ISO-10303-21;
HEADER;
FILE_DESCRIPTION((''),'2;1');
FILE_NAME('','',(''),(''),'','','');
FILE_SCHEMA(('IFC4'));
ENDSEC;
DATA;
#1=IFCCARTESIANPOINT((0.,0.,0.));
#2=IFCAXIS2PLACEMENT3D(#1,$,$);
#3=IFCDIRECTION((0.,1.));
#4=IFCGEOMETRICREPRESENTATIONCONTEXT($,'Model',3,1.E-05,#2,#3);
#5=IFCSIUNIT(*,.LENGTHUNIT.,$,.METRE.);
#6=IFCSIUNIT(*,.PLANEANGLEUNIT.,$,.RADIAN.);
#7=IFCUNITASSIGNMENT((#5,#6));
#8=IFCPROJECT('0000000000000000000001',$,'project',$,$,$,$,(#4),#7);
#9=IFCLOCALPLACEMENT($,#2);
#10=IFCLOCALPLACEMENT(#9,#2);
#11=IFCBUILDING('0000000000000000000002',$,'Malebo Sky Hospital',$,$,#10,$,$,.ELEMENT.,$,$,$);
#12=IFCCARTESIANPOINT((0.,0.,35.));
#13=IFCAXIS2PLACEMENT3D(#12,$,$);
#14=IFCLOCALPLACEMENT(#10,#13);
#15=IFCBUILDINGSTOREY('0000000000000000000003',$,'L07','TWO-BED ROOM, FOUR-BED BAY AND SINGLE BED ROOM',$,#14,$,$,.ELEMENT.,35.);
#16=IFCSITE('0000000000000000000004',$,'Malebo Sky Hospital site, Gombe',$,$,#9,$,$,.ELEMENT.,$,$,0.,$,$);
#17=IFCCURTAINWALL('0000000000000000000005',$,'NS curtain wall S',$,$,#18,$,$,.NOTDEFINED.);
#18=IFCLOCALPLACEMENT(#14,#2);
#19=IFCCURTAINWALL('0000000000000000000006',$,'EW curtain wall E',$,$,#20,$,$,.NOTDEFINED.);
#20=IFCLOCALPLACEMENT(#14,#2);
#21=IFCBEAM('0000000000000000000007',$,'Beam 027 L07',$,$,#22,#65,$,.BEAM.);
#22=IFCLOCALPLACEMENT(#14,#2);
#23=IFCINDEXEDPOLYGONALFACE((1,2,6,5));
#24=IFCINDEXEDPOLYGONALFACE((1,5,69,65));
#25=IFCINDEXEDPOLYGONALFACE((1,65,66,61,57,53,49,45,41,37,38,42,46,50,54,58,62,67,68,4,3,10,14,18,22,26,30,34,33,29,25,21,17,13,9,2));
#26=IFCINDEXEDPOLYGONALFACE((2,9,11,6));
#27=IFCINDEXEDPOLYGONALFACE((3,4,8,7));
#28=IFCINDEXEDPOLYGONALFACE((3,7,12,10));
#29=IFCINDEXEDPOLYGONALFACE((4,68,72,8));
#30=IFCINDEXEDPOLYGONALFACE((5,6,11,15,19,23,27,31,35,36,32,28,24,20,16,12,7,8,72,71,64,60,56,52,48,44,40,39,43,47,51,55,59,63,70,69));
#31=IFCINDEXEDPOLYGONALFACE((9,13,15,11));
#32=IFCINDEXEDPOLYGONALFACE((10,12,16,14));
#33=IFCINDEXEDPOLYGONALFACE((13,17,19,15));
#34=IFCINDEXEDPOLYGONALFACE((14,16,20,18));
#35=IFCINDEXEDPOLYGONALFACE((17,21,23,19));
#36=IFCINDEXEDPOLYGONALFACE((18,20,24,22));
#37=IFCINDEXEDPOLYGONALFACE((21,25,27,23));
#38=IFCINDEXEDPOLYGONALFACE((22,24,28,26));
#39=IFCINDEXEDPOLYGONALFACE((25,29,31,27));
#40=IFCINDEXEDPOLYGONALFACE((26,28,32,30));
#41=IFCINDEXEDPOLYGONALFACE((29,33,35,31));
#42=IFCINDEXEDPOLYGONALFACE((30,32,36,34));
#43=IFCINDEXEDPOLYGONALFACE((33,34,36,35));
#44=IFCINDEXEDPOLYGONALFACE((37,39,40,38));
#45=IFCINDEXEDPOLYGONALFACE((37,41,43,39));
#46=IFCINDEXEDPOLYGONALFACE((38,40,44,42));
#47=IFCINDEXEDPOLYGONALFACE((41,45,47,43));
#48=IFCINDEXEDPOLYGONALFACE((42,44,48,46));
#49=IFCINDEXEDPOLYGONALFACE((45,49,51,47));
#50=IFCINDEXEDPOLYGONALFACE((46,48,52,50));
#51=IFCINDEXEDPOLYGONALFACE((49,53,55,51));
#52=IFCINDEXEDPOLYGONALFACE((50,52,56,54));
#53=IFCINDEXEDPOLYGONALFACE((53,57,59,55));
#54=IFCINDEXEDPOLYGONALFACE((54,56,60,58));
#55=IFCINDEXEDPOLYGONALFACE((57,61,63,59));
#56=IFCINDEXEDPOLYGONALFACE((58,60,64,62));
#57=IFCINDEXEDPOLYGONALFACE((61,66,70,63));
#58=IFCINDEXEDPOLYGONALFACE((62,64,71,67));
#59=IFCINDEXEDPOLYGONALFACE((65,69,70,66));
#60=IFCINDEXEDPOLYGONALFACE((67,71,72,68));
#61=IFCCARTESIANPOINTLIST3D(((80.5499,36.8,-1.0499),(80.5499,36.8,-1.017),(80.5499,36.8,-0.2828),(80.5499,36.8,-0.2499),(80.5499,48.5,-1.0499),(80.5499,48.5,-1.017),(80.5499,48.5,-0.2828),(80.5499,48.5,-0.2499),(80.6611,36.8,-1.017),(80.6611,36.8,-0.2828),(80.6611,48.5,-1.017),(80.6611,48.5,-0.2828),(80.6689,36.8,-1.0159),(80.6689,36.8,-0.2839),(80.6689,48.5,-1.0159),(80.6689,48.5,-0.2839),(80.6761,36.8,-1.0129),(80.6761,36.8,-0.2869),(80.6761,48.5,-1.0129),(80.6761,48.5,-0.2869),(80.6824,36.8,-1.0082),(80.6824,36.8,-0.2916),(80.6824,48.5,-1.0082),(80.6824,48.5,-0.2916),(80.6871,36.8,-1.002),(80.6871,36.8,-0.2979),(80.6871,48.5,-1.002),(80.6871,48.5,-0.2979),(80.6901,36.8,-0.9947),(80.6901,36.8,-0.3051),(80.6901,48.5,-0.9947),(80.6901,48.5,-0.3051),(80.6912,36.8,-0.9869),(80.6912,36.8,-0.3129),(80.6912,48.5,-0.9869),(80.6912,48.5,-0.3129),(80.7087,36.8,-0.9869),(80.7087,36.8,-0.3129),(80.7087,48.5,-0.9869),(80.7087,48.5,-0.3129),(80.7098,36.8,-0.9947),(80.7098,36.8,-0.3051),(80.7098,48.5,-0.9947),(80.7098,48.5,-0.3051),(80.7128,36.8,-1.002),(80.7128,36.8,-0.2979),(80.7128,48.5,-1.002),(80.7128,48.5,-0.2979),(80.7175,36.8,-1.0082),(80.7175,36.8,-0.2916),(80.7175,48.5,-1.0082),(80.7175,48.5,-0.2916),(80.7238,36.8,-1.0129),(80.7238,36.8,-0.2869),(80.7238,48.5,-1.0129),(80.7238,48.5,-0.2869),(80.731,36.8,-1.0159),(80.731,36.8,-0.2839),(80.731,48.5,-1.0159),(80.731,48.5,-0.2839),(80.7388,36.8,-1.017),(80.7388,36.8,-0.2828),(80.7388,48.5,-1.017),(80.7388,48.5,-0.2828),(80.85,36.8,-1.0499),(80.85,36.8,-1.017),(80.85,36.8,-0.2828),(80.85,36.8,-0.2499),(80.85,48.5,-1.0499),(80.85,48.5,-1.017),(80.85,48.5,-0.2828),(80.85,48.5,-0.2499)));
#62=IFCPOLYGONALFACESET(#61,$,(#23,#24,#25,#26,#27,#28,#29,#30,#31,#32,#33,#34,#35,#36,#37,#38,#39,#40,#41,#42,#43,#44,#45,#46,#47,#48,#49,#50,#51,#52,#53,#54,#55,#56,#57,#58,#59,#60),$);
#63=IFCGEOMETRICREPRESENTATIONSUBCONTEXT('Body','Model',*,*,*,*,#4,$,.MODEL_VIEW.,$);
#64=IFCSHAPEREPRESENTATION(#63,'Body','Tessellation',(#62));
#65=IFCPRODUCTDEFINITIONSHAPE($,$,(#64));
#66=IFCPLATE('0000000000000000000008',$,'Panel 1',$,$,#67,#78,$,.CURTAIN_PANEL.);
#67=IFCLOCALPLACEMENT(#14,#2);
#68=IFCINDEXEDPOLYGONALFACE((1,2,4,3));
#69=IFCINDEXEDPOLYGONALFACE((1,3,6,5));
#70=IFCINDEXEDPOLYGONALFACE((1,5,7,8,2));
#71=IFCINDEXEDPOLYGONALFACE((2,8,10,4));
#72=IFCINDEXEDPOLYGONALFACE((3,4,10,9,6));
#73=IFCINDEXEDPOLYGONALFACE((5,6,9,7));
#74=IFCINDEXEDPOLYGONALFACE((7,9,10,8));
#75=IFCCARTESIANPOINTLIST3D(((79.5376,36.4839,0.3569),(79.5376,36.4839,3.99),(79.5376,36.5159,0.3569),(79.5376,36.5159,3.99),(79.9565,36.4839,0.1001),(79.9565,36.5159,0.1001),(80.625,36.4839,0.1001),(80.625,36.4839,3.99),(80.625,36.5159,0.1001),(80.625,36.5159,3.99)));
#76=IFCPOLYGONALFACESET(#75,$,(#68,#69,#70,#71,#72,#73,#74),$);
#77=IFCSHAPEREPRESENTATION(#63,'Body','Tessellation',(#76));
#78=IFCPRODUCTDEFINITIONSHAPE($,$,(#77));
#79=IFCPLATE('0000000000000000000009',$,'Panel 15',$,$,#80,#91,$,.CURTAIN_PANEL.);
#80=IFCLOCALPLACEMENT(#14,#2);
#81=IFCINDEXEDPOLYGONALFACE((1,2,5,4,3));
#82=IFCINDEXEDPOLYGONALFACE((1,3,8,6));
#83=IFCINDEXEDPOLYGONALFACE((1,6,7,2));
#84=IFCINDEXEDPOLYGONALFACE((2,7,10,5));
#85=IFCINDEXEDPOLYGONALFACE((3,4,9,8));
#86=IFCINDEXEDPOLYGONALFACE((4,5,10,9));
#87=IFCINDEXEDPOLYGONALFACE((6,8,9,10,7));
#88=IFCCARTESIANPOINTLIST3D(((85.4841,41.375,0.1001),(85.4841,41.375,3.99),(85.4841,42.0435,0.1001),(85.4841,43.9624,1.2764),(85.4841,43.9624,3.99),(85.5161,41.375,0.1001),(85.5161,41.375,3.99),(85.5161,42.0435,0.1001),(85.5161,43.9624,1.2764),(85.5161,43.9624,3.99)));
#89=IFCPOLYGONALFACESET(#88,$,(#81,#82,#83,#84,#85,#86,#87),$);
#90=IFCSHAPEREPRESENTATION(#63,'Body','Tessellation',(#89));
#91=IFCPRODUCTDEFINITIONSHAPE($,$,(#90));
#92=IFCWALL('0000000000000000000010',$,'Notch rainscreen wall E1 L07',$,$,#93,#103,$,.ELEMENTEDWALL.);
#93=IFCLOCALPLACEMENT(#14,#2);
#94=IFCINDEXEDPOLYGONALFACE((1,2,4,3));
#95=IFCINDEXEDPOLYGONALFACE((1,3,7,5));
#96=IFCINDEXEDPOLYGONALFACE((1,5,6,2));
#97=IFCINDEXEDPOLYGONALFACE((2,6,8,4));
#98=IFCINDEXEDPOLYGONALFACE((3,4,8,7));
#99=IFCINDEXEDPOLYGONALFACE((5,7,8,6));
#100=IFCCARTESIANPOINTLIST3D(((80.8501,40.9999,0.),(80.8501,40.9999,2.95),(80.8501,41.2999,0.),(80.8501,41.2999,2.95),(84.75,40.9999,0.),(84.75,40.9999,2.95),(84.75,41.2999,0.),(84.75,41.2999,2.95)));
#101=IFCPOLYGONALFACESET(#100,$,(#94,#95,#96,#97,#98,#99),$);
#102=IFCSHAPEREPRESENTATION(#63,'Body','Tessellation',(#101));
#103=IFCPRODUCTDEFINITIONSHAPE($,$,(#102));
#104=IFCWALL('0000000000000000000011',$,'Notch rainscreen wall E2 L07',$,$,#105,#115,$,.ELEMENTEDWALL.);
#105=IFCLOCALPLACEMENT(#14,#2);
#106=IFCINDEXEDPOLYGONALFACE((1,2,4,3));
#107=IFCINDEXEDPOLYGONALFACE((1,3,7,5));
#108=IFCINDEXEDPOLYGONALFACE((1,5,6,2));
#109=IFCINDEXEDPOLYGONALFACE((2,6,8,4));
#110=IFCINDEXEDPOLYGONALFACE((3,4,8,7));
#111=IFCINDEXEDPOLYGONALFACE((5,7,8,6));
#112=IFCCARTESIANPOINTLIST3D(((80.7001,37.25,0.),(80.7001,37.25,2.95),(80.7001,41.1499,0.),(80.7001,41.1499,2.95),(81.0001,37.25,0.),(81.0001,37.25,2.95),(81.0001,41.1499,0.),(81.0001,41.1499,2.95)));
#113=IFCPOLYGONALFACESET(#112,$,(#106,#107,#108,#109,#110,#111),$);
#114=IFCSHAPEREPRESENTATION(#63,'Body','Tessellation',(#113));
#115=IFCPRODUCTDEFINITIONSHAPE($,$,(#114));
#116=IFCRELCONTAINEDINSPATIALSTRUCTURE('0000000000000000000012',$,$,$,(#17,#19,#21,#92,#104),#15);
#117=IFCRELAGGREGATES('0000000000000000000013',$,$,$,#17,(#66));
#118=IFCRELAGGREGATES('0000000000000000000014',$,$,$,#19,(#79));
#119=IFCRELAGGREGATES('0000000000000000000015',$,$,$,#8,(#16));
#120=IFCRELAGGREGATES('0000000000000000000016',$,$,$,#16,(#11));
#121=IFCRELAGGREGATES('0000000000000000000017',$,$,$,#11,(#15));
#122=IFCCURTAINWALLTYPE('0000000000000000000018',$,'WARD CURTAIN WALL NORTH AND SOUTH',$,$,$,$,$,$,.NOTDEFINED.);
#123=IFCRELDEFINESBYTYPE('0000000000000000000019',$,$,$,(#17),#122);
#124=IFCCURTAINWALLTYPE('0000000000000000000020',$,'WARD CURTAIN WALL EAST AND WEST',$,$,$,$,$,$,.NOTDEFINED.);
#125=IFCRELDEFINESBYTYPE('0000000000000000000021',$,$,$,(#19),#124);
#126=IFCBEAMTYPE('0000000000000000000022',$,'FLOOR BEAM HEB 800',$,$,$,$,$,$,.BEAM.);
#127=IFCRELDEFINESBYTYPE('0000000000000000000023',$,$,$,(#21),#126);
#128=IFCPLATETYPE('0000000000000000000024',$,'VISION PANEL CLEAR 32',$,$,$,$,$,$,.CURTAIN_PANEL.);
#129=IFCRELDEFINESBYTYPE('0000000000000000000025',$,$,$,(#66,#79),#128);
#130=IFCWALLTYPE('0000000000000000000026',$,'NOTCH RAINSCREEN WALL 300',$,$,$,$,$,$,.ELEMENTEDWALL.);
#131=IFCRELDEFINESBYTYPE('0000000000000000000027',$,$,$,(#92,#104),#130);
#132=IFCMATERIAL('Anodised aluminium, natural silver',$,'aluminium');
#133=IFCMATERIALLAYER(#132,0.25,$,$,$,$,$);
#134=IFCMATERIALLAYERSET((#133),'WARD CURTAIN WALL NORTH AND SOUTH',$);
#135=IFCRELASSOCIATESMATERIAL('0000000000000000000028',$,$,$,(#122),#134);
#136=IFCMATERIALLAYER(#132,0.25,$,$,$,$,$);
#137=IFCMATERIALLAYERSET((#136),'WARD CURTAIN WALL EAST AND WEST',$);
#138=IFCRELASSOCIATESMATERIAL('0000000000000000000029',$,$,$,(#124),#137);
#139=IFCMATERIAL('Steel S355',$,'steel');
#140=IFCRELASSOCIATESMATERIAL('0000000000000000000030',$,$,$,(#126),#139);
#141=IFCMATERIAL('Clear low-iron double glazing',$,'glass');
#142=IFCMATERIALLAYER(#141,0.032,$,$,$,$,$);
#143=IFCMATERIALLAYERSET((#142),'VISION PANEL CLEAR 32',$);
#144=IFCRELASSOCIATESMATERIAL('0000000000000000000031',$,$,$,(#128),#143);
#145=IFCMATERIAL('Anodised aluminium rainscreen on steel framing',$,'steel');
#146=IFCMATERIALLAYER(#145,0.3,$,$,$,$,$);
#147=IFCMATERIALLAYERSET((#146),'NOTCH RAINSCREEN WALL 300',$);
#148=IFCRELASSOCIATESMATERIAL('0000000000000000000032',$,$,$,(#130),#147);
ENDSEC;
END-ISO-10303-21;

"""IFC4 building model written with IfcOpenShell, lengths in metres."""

from ifc_helpers import new_model, si_unit, direction, frame, frame_2d, origin, origin_2d, place, context, subcontext, project, spatial, polyline, rectangle, i_section, outline, extrude, material, layer, layer_set, material_profile, profile_set, type_object, element, aggregate, save


model = new_model("IFC4")

# Units and contexts
model_context = context("Model", 3, precision=1e-05, world=origin(), true_north=direction((0.0, 1.0)))
body_context = subcontext(model_context, "Body", "Model", "MODEL_VIEW")
ifc_project = project(units=[si_unit("LENGTHUNIT", "METRE"), si_unit("PLANEANGLEUNIT", "RADIAN")], contexts=[model_context])

# Site, building, storey
site_placement = place(None, origin())
site = spatial("IfcSite", under=ifc_project, at=site_placement, Name="Malebo Sky Hospital site, Gombe", CompositionType="ELEMENT", RefElevation=0.0)
building_placement = place(site_placement, origin())
building = spatial("IfcBuilding", under=site, at=building_placement, Name="Malebo Sky Hospital", CompositionType="ELEMENT")
storey_placement = place(building_placement, frame((0.0, 0.0, 35.0)))
storey = spatial("IfcBuildingStorey", under=building, at=storey_placement, Name="L07", Description="TWO-BED ROOM, FOUR-BED BAY AND SINGLE BED ROOM", CompositionType="ELEMENT", Elevation=35.0)

# Curtain walls
ifc_material_1 = material(Name="Anodised aluminium, natural silver", Category="aluminium")
ifc_layer_1 = layer(ifc_material_1, 0.25)
ifc_layer_set_1 = layer_set([ifc_layer_1], Name="WARD CURTAIN WALL NORTH AND SOUTH")
curtain_wall_type_1 = type_object("IfcCurtainWallType", Name="WARD CURTAIN WALL NORTH AND SOUTH", PredefinedType="NOTDEFINED", material=ifc_layer_set_1)
curtain_wall_1_placement = place(storey_placement, origin())
curtain_wall_1 = element("IfcCurtainWall", 1, at=curtain_wall_1_placement, inside=storey, type_object=curtain_wall_type_1, Name="NS curtain wall S", PredefinedType="NOTDEFINED")
ifc_layer_2 = layer(ifc_material_1, 0.25)
ifc_layer_set_2 = layer_set([ifc_layer_2], Name="WARD CURTAIN WALL EAST AND WEST")
curtain_wall_type_2 = type_object("IfcCurtainWallType", Name="WARD CURTAIN WALL EAST AND WEST", PredefinedType="NOTDEFINED", material=ifc_layer_set_2)
curtain_wall_2_placement = place(storey_placement, origin())
curtain_wall_2 = element("IfcCurtainWall", 2, at=curtain_wall_2_placement, inside=storey, type_object=curtain_wall_type_2, Name="EW curtain wall E", PredefinedType="NOTDEFINED")

# Shared definitions
ifc_material_2 = material(Name="Steel S355", Category="steel")

# Beam
ifc_material_profile_1 = material_profile(ifc_material_2, i_section(OverallWidth=0.3, OverallDepth=0.8, WebThickness=0.0176, FlangeThickness=0.033, FilletRadius=0.03, at=origin_2d()), Name="HEB 800")
ifc_profile_set_1 = profile_set([ifc_material_profile_1], Name="Steel S355")
beam_type_1 = type_object("IfcBeamType", Name="FLOOR BEAM HEB 800", PredefinedType="BEAM", material=ifc_profile_set_1)
beam_1_placement = place(storey_placement, frame((80.7, 36.8, -0.6499), z_axis=(0.0, 1.0, 0.0), x_axis=(-1.0, 0.0, 0.0)))
element("IfcBeam", 3, at=beam_1_placement, inside=storey, type_object=beam_type_1, Name="Beam 027 L07", PredefinedType="BEAM", context=body_context, shape_type="SweptSolid", body=[
    extrude(i_section(OverallWidth=0.3, OverallDepth=0.8, WebThickness=0.0176, FlangeThickness=0.033, FilletRadius=0.03, at=origin_2d()), origin(), (0.0, 0.0, 1.0), 11.7),
])

# Plates
ifc_material_3 = material(Name="Clear low-iron double glazing", Category="glass")
ifc_layer_3 = layer(ifc_material_3, 0.032)
ifc_layer_set_3 = layer_set([ifc_layer_3], Name="VISION PANEL CLEAR 32")
plate_type = type_object("IfcPlateType", Name="VISION PANEL CLEAR 32", PredefinedType="CURTAIN_PANEL", material=ifc_layer_set_3)
plate_1_placement = place(storey_placement, frame((80.0813, 36.5, 0.1001), z_axis=(0.0, 0.0, 1.0), x_axis=(-1.0, 0.0, 0.0)))
plate_1 = element("IfcPlate", 4, at=plate_1_placement, type_object=plate_type, Name="Panel 1", PredefinedType="CURTAIN_PANEL", context=body_context, shape_type="SweptSolid", body=[
    extrude(outline(polyline([(-0.5437, 0.0), (0.1248, 0.0), (0.5437, 0.2568), (0.5437, 3.8899), (-0.5437, 3.8899), (-0.5437, 0.0)])), frame((0.0, 0.0161, 0.0), z_axis=(0.0, -1.0, 0.0), x_axis=(1.0, 0.0, 0.0)), (0.0, 0.0, 1.0), 0.032),
])
aggregate(curtain_wall_1, [plate_1])
plate_2_placement = place(storey_placement, frame((85.5, 42.6687, 0.1001), z_axis=(0.0, 0.0, 1.0), x_axis=(0.0, -1.0, 0.0)))
plate_2 = element("IfcPlate", 5, at=plate_2_placement, type_object=plate_type, Name="Panel 15", PredefinedType="CURTAIN_PANEL", context=body_context, shape_type="SweptSolid", body=[
    extrude(outline(polyline([(0.6252, 0.0), (1.2937, 0.0), (1.2937, 3.8899), (-1.2937, 3.8899), (-1.2937, 1.1763), (0.6252, 0.0)])), frame((0.0, 0.0161, 0.0), z_axis=(0.0, -1.0, 0.0), x_axis=(1.0, 0.0, 0.0)), (0.0, 0.0, 1.0), 0.032),
])
aggregate(curtain_wall_2, [plate_2])

# Walls
ifc_material_4 = material(Name="Anodised aluminium rainscreen on steel framing", Category="steel")
ifc_layer_4 = layer(ifc_material_4, 0.3)
ifc_layer_set_4 = layer_set([ifc_layer_4], Name="NOTCH RAINSCREEN WALL 300")
wall_type = type_object("IfcWallType", Name="NOTCH RAINSCREEN WALL 300", PredefinedType="ELEMENTEDWALL", material=ifc_layer_set_4)
for number, where, z_axis, x_axis, name in (
    (6, (84.75, 41.1499, 0.0), (0.0, 0.0, 1.0), (-1.0, 0.0, 0.0), "Notch rainscreen wall E1 L07"),
    (7, (80.8501, 41.1499, 0.0), (0.0, 0.0, 1.0), (0.0, -1.0, 0.0), "Notch rainscreen wall E2 L07"),
):
    element("IfcWall", number, at=place(storey_placement, frame(where, z_axis=z_axis, x_axis=x_axis)), inside=storey, type_object=wall_type, Name=name, PredefinedType="ELEMENTEDWALL", context=body_context, shape_type="SweptSolid", body=[
        extrude(rectangle(XDim=3.8999, YDim=0.3, at=frame_2d((1.95, 0.0))), origin(), (0.0, 0.0, 1.0), 2.95),
    ])

save(model, "model.ifc")
